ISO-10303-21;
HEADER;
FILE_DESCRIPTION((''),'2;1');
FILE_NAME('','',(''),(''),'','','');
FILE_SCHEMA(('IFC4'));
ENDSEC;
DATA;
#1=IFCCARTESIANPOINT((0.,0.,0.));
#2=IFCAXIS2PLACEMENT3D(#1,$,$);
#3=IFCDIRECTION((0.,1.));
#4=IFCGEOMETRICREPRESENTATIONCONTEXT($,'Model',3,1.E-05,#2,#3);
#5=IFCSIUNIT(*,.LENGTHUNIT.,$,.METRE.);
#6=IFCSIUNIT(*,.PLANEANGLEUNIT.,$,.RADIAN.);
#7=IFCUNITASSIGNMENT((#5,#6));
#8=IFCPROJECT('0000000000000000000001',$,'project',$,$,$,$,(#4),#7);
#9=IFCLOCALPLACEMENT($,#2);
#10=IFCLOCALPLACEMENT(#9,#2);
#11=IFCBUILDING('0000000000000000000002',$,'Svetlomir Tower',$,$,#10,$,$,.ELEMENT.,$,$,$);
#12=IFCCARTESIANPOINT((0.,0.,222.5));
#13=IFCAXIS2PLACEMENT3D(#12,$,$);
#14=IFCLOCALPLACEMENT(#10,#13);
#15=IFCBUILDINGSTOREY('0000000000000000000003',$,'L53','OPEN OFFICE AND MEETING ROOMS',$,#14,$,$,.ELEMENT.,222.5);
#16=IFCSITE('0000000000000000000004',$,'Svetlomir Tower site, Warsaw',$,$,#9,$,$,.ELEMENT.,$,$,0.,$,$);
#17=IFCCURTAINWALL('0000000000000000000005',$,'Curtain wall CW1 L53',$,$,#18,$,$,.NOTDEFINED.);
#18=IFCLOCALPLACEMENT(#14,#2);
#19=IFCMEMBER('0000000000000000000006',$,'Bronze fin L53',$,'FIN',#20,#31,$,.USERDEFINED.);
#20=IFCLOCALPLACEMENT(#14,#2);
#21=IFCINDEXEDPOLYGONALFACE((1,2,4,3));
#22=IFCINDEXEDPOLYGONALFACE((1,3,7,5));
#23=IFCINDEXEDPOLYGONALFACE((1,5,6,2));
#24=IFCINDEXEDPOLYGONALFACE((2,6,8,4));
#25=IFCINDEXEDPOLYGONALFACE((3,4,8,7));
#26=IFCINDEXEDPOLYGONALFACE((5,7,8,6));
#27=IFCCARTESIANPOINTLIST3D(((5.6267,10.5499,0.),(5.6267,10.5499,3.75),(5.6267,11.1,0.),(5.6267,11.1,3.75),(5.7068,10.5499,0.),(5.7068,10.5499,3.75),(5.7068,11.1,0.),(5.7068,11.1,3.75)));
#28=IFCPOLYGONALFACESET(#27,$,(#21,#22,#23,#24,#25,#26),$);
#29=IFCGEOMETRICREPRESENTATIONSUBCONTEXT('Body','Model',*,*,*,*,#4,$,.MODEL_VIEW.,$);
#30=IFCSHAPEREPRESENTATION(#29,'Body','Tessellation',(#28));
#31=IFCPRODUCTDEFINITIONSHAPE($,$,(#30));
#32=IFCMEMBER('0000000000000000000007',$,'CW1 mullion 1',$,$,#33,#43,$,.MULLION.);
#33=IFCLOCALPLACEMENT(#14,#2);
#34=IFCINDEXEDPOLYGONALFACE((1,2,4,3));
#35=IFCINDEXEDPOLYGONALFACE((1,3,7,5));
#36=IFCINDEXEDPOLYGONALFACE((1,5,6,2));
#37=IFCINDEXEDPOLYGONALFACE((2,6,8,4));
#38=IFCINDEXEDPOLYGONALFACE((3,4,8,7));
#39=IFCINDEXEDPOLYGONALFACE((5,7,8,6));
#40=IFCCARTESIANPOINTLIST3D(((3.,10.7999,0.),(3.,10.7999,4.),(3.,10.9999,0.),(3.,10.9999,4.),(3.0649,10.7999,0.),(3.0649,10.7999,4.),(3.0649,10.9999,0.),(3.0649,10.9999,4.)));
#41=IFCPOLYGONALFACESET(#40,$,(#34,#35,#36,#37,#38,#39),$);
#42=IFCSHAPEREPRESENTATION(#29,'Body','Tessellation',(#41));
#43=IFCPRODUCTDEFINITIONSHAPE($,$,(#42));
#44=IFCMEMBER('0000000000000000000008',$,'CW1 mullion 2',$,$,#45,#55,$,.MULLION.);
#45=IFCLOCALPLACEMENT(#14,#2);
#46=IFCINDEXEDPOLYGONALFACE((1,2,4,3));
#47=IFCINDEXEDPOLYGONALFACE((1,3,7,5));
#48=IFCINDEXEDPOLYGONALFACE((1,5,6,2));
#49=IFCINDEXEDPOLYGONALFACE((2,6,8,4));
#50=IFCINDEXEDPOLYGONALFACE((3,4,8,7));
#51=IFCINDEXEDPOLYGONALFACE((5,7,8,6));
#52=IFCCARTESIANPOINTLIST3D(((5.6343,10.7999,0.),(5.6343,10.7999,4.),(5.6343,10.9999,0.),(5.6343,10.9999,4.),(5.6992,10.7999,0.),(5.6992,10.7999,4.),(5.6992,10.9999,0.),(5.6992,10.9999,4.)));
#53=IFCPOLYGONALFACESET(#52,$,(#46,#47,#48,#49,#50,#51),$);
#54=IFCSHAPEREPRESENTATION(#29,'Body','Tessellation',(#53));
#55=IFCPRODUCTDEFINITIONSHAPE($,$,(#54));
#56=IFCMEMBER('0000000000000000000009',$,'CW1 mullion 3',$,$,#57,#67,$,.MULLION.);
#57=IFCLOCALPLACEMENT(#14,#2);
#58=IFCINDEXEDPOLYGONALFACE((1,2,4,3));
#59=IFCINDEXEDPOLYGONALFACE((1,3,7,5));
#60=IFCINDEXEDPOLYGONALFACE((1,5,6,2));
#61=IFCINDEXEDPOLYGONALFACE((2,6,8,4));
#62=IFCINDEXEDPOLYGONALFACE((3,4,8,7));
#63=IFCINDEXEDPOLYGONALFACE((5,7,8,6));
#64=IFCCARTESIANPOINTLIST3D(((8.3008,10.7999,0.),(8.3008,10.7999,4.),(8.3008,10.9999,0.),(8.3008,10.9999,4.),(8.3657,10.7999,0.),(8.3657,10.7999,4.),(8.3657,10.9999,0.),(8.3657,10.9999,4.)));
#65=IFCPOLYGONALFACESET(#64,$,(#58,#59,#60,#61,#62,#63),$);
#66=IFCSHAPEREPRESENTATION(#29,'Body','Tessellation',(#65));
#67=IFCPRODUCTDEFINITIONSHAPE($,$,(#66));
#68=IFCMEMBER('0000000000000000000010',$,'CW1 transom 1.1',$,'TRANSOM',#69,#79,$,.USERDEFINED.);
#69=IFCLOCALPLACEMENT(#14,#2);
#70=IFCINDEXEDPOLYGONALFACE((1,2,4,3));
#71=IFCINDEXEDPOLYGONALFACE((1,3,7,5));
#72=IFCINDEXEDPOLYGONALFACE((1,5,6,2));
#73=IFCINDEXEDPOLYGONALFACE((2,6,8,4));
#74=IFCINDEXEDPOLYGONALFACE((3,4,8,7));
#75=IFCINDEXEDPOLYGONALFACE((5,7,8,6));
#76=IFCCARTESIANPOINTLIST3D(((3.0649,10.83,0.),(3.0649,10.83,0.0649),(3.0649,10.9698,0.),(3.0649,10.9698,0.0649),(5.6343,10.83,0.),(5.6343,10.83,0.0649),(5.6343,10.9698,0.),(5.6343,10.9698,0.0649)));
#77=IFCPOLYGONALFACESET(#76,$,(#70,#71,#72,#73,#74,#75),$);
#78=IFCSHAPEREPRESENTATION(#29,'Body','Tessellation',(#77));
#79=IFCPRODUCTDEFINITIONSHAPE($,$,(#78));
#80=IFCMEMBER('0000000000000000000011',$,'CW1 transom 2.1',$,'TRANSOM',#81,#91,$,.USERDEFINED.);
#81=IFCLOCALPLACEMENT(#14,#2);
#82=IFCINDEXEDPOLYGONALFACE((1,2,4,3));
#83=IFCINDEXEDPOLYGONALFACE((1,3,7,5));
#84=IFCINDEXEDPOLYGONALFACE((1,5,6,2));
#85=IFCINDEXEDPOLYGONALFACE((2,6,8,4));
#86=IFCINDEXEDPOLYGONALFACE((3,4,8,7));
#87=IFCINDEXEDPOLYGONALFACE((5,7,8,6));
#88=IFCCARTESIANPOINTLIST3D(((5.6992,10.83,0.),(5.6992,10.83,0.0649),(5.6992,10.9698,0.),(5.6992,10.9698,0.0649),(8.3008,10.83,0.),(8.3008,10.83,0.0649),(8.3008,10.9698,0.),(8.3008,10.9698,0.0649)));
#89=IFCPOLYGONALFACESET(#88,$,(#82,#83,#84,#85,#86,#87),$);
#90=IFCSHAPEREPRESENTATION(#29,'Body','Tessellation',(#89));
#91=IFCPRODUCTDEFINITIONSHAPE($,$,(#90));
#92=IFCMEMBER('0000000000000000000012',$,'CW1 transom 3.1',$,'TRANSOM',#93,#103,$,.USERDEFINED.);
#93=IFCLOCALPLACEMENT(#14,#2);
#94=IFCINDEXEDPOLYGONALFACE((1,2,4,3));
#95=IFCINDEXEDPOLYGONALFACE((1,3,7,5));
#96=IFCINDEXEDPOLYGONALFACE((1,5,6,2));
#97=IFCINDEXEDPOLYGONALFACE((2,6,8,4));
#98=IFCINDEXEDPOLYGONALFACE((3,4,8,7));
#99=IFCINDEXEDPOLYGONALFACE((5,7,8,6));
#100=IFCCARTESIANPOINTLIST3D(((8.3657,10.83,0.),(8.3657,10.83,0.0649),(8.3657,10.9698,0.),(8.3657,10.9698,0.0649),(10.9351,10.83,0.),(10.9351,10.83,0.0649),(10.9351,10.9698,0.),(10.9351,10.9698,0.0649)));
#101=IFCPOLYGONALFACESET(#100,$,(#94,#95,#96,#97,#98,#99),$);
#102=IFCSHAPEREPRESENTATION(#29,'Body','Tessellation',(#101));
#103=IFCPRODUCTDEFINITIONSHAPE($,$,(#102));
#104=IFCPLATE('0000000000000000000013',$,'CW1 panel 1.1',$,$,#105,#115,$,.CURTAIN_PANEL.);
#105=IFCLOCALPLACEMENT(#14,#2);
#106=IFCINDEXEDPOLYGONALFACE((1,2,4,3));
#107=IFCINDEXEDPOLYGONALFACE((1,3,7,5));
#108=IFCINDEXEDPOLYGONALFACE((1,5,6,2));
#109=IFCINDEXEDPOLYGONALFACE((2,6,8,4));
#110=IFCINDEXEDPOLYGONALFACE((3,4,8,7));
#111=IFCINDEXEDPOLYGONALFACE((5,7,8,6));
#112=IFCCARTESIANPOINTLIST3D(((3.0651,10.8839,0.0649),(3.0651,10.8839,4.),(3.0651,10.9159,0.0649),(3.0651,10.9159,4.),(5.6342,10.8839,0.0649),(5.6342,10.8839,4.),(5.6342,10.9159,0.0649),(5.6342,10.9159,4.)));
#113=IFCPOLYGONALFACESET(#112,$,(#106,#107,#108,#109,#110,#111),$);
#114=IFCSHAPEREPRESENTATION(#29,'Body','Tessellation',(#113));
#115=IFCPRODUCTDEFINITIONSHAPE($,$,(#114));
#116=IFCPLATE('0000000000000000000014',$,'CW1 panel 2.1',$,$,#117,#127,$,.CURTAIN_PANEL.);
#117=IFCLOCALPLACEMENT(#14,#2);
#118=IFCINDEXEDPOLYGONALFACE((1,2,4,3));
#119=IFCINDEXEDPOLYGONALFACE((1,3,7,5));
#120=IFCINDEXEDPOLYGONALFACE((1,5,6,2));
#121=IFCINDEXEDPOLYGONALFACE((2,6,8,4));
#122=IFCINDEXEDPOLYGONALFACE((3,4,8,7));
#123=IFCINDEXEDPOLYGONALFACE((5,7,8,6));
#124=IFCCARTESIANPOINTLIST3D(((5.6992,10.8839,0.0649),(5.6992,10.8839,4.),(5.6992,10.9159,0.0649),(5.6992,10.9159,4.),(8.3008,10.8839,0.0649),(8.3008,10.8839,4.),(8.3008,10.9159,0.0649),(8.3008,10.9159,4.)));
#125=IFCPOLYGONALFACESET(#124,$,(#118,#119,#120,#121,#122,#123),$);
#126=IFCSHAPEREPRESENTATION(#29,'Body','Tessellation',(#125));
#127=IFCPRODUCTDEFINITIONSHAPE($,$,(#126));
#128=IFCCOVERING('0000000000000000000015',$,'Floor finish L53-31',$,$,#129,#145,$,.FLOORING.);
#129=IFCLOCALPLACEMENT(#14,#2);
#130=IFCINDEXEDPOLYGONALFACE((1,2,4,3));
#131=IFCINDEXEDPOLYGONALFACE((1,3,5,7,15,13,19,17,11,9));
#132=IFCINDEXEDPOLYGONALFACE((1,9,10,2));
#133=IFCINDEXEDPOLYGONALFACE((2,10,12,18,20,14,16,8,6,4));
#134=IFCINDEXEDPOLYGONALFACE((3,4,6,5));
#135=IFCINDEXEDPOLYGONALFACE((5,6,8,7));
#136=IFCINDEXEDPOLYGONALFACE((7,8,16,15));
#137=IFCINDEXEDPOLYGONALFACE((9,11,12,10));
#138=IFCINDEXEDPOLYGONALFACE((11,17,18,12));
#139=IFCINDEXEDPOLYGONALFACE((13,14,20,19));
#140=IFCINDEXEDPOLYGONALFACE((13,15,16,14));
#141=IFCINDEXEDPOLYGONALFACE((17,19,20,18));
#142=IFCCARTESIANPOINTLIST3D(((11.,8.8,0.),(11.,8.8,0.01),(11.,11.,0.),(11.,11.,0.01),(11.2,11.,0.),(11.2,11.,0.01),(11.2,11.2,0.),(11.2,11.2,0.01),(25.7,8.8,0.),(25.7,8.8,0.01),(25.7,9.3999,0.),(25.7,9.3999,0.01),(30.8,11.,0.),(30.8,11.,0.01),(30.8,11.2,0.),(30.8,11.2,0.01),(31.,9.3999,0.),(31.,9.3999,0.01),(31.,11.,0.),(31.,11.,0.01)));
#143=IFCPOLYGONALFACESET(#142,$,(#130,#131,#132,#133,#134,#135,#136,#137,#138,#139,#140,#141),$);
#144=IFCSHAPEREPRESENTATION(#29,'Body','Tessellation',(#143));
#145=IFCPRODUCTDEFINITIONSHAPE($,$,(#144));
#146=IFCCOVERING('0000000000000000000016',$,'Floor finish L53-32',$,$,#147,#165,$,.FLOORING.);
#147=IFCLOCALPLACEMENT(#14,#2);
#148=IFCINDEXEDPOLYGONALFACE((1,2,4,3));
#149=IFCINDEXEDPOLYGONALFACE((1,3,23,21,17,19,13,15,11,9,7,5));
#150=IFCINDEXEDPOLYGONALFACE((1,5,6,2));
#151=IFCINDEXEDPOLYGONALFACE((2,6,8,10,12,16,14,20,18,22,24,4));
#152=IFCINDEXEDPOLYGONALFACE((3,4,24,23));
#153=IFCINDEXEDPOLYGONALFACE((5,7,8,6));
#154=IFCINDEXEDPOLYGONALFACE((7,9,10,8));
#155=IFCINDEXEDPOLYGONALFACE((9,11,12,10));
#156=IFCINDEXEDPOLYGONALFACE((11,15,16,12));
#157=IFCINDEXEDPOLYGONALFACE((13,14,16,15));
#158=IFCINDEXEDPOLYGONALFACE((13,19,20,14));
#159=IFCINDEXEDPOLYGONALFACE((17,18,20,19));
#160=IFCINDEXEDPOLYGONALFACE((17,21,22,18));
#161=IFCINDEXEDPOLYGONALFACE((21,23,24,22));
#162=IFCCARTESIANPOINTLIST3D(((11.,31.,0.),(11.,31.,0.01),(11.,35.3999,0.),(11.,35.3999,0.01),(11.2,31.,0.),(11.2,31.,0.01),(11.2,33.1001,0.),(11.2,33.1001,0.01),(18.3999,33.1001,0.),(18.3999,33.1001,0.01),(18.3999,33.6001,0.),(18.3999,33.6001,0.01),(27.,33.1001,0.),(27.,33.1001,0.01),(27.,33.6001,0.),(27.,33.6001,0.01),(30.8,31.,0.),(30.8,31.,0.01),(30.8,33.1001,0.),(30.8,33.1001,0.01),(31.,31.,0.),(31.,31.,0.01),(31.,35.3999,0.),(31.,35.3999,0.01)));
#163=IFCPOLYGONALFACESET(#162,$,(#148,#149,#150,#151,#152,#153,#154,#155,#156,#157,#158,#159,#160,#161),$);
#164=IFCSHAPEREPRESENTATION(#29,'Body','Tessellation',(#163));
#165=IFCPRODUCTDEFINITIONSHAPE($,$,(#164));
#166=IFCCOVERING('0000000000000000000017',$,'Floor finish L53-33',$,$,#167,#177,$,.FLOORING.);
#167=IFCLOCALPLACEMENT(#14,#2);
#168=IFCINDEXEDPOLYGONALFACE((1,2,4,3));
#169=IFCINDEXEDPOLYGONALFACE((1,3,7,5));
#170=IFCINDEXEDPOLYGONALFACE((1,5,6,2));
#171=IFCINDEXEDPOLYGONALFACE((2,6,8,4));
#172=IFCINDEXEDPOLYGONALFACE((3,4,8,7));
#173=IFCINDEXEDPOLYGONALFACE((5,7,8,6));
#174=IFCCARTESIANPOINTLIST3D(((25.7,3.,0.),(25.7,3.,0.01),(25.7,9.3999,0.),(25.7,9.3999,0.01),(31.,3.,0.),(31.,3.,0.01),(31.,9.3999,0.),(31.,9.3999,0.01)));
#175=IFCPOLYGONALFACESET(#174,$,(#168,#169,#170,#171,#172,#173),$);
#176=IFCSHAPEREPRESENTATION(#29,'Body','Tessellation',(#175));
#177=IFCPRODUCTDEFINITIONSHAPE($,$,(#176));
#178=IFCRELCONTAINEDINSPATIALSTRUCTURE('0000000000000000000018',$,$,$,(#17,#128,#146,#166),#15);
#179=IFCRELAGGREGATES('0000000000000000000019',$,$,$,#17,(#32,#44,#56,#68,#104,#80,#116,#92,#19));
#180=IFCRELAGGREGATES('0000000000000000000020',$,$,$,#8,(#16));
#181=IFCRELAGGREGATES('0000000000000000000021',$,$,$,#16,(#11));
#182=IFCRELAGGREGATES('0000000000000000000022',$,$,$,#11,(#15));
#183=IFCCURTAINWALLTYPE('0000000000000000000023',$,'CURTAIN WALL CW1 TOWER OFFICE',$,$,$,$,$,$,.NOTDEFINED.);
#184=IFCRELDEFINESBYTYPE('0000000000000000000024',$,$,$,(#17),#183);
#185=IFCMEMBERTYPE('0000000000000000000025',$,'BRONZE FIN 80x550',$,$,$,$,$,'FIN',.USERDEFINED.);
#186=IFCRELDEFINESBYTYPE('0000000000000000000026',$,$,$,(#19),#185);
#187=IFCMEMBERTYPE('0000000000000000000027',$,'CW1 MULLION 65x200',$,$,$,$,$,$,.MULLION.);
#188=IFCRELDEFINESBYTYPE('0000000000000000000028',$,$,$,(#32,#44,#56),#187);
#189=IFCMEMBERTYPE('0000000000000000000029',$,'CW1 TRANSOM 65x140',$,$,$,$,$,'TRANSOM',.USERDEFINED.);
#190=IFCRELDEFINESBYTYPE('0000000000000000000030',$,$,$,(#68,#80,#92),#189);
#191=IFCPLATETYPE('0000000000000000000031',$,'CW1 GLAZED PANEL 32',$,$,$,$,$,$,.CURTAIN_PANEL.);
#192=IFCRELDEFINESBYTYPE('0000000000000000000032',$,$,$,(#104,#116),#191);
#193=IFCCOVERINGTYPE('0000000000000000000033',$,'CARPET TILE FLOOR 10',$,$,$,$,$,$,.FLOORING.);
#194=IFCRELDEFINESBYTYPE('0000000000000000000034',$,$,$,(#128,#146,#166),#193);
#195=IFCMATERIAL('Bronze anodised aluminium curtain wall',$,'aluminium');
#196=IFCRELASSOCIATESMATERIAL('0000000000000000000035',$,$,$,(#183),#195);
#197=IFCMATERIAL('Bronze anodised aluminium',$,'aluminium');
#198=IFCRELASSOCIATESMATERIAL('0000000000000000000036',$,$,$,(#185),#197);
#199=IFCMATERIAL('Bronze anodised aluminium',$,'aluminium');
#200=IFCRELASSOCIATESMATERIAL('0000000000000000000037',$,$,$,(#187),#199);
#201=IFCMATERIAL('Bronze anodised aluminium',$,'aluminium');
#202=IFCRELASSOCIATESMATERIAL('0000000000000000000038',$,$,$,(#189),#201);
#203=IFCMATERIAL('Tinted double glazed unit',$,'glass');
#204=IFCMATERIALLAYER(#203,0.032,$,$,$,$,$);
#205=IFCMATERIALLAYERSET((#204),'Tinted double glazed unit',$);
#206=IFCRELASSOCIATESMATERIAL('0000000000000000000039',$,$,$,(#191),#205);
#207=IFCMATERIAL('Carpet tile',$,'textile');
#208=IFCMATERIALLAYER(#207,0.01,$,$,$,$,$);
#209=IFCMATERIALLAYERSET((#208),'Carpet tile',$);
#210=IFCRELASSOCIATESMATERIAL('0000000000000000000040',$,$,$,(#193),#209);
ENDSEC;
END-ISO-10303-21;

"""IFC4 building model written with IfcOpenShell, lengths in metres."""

from ifc_helpers import new_model, si_unit, direction, frame, origin, origin_2d, place, context, subcontext, project, spatial, polyline, rectangle, outline, extrude, material, layer, layer_set, material_profile, profile_set, type_object, element, aggregate, save


model = new_model("IFC4")

# Units and contexts
model_context = context("Model", 3, precision=1e-05, world=origin(), true_north=direction((0.0, 1.0)))
body_context = subcontext(model_context, "Body", "Model", "MODEL_VIEW")
ifc_project = project(units=[si_unit("LENGTHUNIT", "METRE"), si_unit("PLANEANGLEUNIT", "RADIAN")], contexts=[model_context])

# Site, building, storey
site_placement = place(None, origin())
site = spatial("IfcSite", under=ifc_project, at=site_placement, Name="Svetlomir Tower site, Warsaw", CompositionType="ELEMENT", RefElevation=0.0)
building_placement = place(site_placement, origin())
building = spatial("IfcBuilding", under=site, at=building_placement, Name="Svetlomir Tower", CompositionType="ELEMENT")
storey_placement = place(building_placement, frame((0.0, 0.0, 222.5)))
storey = spatial("IfcBuildingStorey", under=building, at=storey_placement, Name="L53", Description="OPEN OFFICE AND MEETING ROOMS", CompositionType="ELEMENT", Elevation=222.5)

# Curtain wall, members, plates
ifc_material_1 = material(Name="Bronze anodised aluminium curtain wall", Category="aluminium")
curtain_wall_type = type_object("IfcCurtainWallType", Name="CURTAIN WALL CW1 TOWER OFFICE", PredefinedType="NOTDEFINED", material=ifc_material_1)
curtain_wall_placement = place(storey_placement, origin())
curtain_wall = element("IfcCurtainWall", 1, at=curtain_wall_placement, inside=storey, type_object=curtain_wall_type, Name="Curtain wall CW1 L53", PredefinedType="NOTDEFINED")
ifc_material_2 = material(Name="Bronze anodised aluminium", Category="aluminium")
ifc_material_profile_1 = material_profile(ifc_material_2, rectangle(XDim=0.0801, YDim=0.55, at=origin_2d()), Name="FIN 80x550")
ifc_profile_set_1 = profile_set([ifc_material_profile_1], Name="Bronze anodised aluminium 6063-T6")
member_type_1 = type_object("IfcMemberType", Name="BRONZE FIN 80x550", ElementType="FIN", PredefinedType="USERDEFINED", material=ifc_profile_set_1)
member_1_placement = place(storey_placement, frame((5.6667, 10.825, 0.0), z_axis=(0.0, 0.0, 1.0), x_axis=(1.0, 0.0, 0.0)))
member_1 = element("IfcMember", 2, at=member_1_placement, type_object=member_type_1, Name="Bronze fin L53", ObjectType="FIN", PredefinedType="USERDEFINED", context=body_context, shape_type="SweptSolid", body=[
    extrude(rectangle(XDim=0.0801, YDim=0.55, at=origin_2d()), origin(), (0.0, 0.0, 1.0), 3.75),
])
ifc_material_3 = material(Name="Bronze anodised aluminium", Category="aluminium")
ifc_material_profile_2 = material_profile(ifc_material_3, rectangle(XDim=0.0649, YDim=0.2, at=origin_2d()), Name="AL 65x200")
ifc_profile_set_2 = profile_set([ifc_material_profile_2], Name="Bronze anodised aluminium 6063-T6")
member_type_2 = type_object("IfcMemberType", Name="CW1 MULLION 65x200", PredefinedType="MULLION", material=ifc_profile_set_2)
member_2_placement = place(storey_placement, frame((3.0325, 10.8999, 0.0), z_axis=(0.0, 0.0, 1.0), x_axis=(1.0, 0.0, 0.0)))
member_2 = element("IfcMember", 3, at=member_2_placement, type_object=member_type_2, Name="CW1 mullion 1", PredefinedType="MULLION", context=body_context, shape_type="SweptSolid", body=[
    extrude(rectangle(XDim=0.0649, YDim=0.2, at=origin_2d()), origin(), (0.0, 0.0, 1.0), 4.0),
])
member_3_placement = place(storey_placement, frame((5.6667, 10.8999, 0.0), z_axis=(0.0, 0.0, 1.0), x_axis=(1.0, 0.0, 0.0)))
member_3 = element("IfcMember", 4, at=member_3_placement, type_object=member_type_2, Name="CW1 mullion 2", PredefinedType="MULLION", context=body_context, shape_type="SweptSolid", body=[
    extrude(rectangle(XDim=0.0649, YDim=0.2, at=origin_2d()), origin(), (0.0, 0.0, 1.0), 4.0),
])
member_4_placement = place(storey_placement, frame((8.3333, 10.8999, 0.0), z_axis=(0.0, 0.0, 1.0), x_axis=(1.0, 0.0, 0.0)))
member_4 = element("IfcMember", 5, at=member_4_placement, type_object=member_type_2, Name="CW1 mullion 3", PredefinedType="MULLION", context=body_context, shape_type="SweptSolid", body=[
    extrude(rectangle(XDim=0.0649, YDim=0.2, at=origin_2d()), origin(), (0.0, 0.0, 1.0), 4.0),
])
ifc_material_4 = material(Name="Bronze anodised aluminium", Category="aluminium")
ifc_material_profile_3 = material_profile(ifc_material_4, rectangle(XDim=0.1399, YDim=0.0649, at=origin_2d()), Name="AL 140x65")
ifc_profile_set_3 = profile_set([ifc_material_profile_3], Name="Bronze anodised aluminium 6063-T6")
member_type_3 = type_object("IfcMemberType", Name="CW1 TRANSOM 65x140", ElementType="TRANSOM", PredefinedType="USERDEFINED", material=ifc_profile_set_3)
member_5_placement = place(storey_placement, frame((3.0649, 10.8999, 0.0325), z_axis=(1.0, 0.0, 0.0), x_axis=(0.0, 1.0, 0.0)))
member_5 = element("IfcMember", 6, at=member_5_placement, type_object=member_type_3, Name="CW1 transom 1.1", ObjectType="TRANSOM", PredefinedType="USERDEFINED", context=body_context, shape_type="SweptSolid", body=[
    extrude(rectangle(XDim=0.1399, YDim=0.0649, at=origin_2d()), origin(), (0.0, 0.0, 1.0), 2.5693),
])
member_6_placement = place(storey_placement, frame((5.6992, 10.8999, 0.0325), z_axis=(1.0, 0.0, 0.0), x_axis=(0.0, 1.0, 0.0)))
member_6 = element("IfcMember", 7, at=member_6_placement, type_object=member_type_3, Name="CW1 transom 2.1", ObjectType="TRANSOM", PredefinedType="USERDEFINED", context=body_context, shape_type="SweptSolid", body=[
    extrude(rectangle(XDim=0.1399, YDim=0.0649, at=origin_2d()), origin(), (0.0, 0.0, 1.0), 2.6016),
])
member_7_placement = place(storey_placement, frame((8.3657, 10.8999, 0.0325), z_axis=(1.0, 0.0, 0.0), x_axis=(0.0, 1.0, 0.0)))
member_7 = element("IfcMember", 8, at=member_7_placement, type_object=member_type_3, Name="CW1 transom 3.1", ObjectType="TRANSOM", PredefinedType="USERDEFINED", context=body_context, shape_type="SweptSolid", body=[
    extrude(rectangle(XDim=0.1399, YDim=0.0649, at=origin_2d()), origin(), (0.0, 0.0, 1.0), 2.5693),
])
ifc_material_5 = material(Name="Tinted double glazed unit", Category="glass")
ifc_layer_1 = layer(ifc_material_5, 0.032)
ifc_layer_set_1 = layer_set([ifc_layer_1], Name="Tinted double glazed unit")
plate_type = type_object("IfcPlateType", Name="CW1 GLAZED PANEL 32", PredefinedType="CURTAIN_PANEL", material=ifc_layer_set_1)
plate_1_placement = place(storey_placement, frame((4.3496, 10.8999, 0.0649), z_axis=(0.0, 0.0, 1.0), x_axis=(1.0, 0.0, 0.0)))
plate_1 = element("IfcPlate", 9, at=plate_1_placement, type_object=plate_type, Name="CW1 panel 1.1", PredefinedType="CURTAIN_PANEL", context=body_context, shape_type="SweptSolid", body=[
    extrude(rectangle(XDim=2.5691, YDim=0.032, at=origin_2d()), origin(), (0.0, 0.0, 1.0), 3.9351),
])
plate_2_placement = place(storey_placement, frame((7.0, 10.8999, 0.0649), z_axis=(0.0, 0.0, 1.0), x_axis=(1.0, 0.0, 0.0)))
plate_2 = element("IfcPlate", 10, at=plate_2_placement, type_object=plate_type, Name="CW1 panel 2.1", PredefinedType="CURTAIN_PANEL", context=body_context, shape_type="SweptSolid", body=[
    extrude(rectangle(XDim=2.6016, YDim=0.032, at=origin_2d()), origin(), (0.0, 0.0, 1.0), 3.9351),
])
aggregate(curtain_wall, [member_2, member_3, member_4, member_5, plate_1, member_6, plate_2, member_7, member_1])

# Coverings
ifc_material_6 = material(Name="Carpet tile", Category="textile")
ifc_layer_2 = layer(ifc_material_6, 0.01)
ifc_layer_set_2 = layer_set([ifc_layer_2], Name="Carpet tile")
covering_type_1 = type_object("IfcCoveringType", Name="CARPET TILE FLOOR 10", PredefinedType="FLOORING", material=ifc_layer_set_2)
covering_1_placement = place(storey_placement, origin())
element("IfcCovering", 11, at=covering_1_placement, inside=storey, type_object=covering_type_1, Name="Floor finish L53-31", PredefinedType="FLOORING", context=body_context, shape_type="SweptSolid", body=[
    extrude(outline(polyline([(11.0, 11.0), (11.2, 11.0), (11.2, 11.2), (30.8, 11.2), (30.8, 11.0), (31.0, 11.0), (31.0, 9.3999), (25.7, 9.3999), (25.7, 8.8), (11.0, 8.8), (11.0, 11.0)])), origin(), (0.0, 0.0, 1.0), 0.01),
])
covering_2_placement = place(storey_placement, origin())
element("IfcCovering", 12, at=covering_2_placement, inside=storey, type_object=covering_type_1, Name="Floor finish L53-32", PredefinedType="FLOORING", context=body_context, shape_type="SweptSolid", body=[
    extrude(outline(polyline([(27.0, 33.1001), (27.0, 33.6001), (18.3999, 33.6001), (18.3999, 33.1001), (11.2, 33.1001), (11.2, 31.0), (11.0, 31.0), (11.0, 35.3999), (31.0, 35.3999), (31.0, 31.0), (30.8, 31.0), (30.8, 33.1001), (27.0, 33.1001)])), origin(), (0.0, 0.0, 1.0), 0.01),
])
covering_3_placement = place(storey_placement, origin())
element("IfcCovering", 13, at=covering_3_placement, inside=storey, type_object=covering_type_1, Name="Floor finish L53-33", PredefinedType="FLOORING", context=body_context, shape_type="SweptSolid", body=[
    extrude(outline(polyline([(25.7, 3.0), (25.7, 9.3999), (31.0, 9.3999), (31.0, 3.0), (25.7, 3.0)])), origin(), (0.0, 0.0, 1.0), 0.01),
])

save(model, "model.ifc")
